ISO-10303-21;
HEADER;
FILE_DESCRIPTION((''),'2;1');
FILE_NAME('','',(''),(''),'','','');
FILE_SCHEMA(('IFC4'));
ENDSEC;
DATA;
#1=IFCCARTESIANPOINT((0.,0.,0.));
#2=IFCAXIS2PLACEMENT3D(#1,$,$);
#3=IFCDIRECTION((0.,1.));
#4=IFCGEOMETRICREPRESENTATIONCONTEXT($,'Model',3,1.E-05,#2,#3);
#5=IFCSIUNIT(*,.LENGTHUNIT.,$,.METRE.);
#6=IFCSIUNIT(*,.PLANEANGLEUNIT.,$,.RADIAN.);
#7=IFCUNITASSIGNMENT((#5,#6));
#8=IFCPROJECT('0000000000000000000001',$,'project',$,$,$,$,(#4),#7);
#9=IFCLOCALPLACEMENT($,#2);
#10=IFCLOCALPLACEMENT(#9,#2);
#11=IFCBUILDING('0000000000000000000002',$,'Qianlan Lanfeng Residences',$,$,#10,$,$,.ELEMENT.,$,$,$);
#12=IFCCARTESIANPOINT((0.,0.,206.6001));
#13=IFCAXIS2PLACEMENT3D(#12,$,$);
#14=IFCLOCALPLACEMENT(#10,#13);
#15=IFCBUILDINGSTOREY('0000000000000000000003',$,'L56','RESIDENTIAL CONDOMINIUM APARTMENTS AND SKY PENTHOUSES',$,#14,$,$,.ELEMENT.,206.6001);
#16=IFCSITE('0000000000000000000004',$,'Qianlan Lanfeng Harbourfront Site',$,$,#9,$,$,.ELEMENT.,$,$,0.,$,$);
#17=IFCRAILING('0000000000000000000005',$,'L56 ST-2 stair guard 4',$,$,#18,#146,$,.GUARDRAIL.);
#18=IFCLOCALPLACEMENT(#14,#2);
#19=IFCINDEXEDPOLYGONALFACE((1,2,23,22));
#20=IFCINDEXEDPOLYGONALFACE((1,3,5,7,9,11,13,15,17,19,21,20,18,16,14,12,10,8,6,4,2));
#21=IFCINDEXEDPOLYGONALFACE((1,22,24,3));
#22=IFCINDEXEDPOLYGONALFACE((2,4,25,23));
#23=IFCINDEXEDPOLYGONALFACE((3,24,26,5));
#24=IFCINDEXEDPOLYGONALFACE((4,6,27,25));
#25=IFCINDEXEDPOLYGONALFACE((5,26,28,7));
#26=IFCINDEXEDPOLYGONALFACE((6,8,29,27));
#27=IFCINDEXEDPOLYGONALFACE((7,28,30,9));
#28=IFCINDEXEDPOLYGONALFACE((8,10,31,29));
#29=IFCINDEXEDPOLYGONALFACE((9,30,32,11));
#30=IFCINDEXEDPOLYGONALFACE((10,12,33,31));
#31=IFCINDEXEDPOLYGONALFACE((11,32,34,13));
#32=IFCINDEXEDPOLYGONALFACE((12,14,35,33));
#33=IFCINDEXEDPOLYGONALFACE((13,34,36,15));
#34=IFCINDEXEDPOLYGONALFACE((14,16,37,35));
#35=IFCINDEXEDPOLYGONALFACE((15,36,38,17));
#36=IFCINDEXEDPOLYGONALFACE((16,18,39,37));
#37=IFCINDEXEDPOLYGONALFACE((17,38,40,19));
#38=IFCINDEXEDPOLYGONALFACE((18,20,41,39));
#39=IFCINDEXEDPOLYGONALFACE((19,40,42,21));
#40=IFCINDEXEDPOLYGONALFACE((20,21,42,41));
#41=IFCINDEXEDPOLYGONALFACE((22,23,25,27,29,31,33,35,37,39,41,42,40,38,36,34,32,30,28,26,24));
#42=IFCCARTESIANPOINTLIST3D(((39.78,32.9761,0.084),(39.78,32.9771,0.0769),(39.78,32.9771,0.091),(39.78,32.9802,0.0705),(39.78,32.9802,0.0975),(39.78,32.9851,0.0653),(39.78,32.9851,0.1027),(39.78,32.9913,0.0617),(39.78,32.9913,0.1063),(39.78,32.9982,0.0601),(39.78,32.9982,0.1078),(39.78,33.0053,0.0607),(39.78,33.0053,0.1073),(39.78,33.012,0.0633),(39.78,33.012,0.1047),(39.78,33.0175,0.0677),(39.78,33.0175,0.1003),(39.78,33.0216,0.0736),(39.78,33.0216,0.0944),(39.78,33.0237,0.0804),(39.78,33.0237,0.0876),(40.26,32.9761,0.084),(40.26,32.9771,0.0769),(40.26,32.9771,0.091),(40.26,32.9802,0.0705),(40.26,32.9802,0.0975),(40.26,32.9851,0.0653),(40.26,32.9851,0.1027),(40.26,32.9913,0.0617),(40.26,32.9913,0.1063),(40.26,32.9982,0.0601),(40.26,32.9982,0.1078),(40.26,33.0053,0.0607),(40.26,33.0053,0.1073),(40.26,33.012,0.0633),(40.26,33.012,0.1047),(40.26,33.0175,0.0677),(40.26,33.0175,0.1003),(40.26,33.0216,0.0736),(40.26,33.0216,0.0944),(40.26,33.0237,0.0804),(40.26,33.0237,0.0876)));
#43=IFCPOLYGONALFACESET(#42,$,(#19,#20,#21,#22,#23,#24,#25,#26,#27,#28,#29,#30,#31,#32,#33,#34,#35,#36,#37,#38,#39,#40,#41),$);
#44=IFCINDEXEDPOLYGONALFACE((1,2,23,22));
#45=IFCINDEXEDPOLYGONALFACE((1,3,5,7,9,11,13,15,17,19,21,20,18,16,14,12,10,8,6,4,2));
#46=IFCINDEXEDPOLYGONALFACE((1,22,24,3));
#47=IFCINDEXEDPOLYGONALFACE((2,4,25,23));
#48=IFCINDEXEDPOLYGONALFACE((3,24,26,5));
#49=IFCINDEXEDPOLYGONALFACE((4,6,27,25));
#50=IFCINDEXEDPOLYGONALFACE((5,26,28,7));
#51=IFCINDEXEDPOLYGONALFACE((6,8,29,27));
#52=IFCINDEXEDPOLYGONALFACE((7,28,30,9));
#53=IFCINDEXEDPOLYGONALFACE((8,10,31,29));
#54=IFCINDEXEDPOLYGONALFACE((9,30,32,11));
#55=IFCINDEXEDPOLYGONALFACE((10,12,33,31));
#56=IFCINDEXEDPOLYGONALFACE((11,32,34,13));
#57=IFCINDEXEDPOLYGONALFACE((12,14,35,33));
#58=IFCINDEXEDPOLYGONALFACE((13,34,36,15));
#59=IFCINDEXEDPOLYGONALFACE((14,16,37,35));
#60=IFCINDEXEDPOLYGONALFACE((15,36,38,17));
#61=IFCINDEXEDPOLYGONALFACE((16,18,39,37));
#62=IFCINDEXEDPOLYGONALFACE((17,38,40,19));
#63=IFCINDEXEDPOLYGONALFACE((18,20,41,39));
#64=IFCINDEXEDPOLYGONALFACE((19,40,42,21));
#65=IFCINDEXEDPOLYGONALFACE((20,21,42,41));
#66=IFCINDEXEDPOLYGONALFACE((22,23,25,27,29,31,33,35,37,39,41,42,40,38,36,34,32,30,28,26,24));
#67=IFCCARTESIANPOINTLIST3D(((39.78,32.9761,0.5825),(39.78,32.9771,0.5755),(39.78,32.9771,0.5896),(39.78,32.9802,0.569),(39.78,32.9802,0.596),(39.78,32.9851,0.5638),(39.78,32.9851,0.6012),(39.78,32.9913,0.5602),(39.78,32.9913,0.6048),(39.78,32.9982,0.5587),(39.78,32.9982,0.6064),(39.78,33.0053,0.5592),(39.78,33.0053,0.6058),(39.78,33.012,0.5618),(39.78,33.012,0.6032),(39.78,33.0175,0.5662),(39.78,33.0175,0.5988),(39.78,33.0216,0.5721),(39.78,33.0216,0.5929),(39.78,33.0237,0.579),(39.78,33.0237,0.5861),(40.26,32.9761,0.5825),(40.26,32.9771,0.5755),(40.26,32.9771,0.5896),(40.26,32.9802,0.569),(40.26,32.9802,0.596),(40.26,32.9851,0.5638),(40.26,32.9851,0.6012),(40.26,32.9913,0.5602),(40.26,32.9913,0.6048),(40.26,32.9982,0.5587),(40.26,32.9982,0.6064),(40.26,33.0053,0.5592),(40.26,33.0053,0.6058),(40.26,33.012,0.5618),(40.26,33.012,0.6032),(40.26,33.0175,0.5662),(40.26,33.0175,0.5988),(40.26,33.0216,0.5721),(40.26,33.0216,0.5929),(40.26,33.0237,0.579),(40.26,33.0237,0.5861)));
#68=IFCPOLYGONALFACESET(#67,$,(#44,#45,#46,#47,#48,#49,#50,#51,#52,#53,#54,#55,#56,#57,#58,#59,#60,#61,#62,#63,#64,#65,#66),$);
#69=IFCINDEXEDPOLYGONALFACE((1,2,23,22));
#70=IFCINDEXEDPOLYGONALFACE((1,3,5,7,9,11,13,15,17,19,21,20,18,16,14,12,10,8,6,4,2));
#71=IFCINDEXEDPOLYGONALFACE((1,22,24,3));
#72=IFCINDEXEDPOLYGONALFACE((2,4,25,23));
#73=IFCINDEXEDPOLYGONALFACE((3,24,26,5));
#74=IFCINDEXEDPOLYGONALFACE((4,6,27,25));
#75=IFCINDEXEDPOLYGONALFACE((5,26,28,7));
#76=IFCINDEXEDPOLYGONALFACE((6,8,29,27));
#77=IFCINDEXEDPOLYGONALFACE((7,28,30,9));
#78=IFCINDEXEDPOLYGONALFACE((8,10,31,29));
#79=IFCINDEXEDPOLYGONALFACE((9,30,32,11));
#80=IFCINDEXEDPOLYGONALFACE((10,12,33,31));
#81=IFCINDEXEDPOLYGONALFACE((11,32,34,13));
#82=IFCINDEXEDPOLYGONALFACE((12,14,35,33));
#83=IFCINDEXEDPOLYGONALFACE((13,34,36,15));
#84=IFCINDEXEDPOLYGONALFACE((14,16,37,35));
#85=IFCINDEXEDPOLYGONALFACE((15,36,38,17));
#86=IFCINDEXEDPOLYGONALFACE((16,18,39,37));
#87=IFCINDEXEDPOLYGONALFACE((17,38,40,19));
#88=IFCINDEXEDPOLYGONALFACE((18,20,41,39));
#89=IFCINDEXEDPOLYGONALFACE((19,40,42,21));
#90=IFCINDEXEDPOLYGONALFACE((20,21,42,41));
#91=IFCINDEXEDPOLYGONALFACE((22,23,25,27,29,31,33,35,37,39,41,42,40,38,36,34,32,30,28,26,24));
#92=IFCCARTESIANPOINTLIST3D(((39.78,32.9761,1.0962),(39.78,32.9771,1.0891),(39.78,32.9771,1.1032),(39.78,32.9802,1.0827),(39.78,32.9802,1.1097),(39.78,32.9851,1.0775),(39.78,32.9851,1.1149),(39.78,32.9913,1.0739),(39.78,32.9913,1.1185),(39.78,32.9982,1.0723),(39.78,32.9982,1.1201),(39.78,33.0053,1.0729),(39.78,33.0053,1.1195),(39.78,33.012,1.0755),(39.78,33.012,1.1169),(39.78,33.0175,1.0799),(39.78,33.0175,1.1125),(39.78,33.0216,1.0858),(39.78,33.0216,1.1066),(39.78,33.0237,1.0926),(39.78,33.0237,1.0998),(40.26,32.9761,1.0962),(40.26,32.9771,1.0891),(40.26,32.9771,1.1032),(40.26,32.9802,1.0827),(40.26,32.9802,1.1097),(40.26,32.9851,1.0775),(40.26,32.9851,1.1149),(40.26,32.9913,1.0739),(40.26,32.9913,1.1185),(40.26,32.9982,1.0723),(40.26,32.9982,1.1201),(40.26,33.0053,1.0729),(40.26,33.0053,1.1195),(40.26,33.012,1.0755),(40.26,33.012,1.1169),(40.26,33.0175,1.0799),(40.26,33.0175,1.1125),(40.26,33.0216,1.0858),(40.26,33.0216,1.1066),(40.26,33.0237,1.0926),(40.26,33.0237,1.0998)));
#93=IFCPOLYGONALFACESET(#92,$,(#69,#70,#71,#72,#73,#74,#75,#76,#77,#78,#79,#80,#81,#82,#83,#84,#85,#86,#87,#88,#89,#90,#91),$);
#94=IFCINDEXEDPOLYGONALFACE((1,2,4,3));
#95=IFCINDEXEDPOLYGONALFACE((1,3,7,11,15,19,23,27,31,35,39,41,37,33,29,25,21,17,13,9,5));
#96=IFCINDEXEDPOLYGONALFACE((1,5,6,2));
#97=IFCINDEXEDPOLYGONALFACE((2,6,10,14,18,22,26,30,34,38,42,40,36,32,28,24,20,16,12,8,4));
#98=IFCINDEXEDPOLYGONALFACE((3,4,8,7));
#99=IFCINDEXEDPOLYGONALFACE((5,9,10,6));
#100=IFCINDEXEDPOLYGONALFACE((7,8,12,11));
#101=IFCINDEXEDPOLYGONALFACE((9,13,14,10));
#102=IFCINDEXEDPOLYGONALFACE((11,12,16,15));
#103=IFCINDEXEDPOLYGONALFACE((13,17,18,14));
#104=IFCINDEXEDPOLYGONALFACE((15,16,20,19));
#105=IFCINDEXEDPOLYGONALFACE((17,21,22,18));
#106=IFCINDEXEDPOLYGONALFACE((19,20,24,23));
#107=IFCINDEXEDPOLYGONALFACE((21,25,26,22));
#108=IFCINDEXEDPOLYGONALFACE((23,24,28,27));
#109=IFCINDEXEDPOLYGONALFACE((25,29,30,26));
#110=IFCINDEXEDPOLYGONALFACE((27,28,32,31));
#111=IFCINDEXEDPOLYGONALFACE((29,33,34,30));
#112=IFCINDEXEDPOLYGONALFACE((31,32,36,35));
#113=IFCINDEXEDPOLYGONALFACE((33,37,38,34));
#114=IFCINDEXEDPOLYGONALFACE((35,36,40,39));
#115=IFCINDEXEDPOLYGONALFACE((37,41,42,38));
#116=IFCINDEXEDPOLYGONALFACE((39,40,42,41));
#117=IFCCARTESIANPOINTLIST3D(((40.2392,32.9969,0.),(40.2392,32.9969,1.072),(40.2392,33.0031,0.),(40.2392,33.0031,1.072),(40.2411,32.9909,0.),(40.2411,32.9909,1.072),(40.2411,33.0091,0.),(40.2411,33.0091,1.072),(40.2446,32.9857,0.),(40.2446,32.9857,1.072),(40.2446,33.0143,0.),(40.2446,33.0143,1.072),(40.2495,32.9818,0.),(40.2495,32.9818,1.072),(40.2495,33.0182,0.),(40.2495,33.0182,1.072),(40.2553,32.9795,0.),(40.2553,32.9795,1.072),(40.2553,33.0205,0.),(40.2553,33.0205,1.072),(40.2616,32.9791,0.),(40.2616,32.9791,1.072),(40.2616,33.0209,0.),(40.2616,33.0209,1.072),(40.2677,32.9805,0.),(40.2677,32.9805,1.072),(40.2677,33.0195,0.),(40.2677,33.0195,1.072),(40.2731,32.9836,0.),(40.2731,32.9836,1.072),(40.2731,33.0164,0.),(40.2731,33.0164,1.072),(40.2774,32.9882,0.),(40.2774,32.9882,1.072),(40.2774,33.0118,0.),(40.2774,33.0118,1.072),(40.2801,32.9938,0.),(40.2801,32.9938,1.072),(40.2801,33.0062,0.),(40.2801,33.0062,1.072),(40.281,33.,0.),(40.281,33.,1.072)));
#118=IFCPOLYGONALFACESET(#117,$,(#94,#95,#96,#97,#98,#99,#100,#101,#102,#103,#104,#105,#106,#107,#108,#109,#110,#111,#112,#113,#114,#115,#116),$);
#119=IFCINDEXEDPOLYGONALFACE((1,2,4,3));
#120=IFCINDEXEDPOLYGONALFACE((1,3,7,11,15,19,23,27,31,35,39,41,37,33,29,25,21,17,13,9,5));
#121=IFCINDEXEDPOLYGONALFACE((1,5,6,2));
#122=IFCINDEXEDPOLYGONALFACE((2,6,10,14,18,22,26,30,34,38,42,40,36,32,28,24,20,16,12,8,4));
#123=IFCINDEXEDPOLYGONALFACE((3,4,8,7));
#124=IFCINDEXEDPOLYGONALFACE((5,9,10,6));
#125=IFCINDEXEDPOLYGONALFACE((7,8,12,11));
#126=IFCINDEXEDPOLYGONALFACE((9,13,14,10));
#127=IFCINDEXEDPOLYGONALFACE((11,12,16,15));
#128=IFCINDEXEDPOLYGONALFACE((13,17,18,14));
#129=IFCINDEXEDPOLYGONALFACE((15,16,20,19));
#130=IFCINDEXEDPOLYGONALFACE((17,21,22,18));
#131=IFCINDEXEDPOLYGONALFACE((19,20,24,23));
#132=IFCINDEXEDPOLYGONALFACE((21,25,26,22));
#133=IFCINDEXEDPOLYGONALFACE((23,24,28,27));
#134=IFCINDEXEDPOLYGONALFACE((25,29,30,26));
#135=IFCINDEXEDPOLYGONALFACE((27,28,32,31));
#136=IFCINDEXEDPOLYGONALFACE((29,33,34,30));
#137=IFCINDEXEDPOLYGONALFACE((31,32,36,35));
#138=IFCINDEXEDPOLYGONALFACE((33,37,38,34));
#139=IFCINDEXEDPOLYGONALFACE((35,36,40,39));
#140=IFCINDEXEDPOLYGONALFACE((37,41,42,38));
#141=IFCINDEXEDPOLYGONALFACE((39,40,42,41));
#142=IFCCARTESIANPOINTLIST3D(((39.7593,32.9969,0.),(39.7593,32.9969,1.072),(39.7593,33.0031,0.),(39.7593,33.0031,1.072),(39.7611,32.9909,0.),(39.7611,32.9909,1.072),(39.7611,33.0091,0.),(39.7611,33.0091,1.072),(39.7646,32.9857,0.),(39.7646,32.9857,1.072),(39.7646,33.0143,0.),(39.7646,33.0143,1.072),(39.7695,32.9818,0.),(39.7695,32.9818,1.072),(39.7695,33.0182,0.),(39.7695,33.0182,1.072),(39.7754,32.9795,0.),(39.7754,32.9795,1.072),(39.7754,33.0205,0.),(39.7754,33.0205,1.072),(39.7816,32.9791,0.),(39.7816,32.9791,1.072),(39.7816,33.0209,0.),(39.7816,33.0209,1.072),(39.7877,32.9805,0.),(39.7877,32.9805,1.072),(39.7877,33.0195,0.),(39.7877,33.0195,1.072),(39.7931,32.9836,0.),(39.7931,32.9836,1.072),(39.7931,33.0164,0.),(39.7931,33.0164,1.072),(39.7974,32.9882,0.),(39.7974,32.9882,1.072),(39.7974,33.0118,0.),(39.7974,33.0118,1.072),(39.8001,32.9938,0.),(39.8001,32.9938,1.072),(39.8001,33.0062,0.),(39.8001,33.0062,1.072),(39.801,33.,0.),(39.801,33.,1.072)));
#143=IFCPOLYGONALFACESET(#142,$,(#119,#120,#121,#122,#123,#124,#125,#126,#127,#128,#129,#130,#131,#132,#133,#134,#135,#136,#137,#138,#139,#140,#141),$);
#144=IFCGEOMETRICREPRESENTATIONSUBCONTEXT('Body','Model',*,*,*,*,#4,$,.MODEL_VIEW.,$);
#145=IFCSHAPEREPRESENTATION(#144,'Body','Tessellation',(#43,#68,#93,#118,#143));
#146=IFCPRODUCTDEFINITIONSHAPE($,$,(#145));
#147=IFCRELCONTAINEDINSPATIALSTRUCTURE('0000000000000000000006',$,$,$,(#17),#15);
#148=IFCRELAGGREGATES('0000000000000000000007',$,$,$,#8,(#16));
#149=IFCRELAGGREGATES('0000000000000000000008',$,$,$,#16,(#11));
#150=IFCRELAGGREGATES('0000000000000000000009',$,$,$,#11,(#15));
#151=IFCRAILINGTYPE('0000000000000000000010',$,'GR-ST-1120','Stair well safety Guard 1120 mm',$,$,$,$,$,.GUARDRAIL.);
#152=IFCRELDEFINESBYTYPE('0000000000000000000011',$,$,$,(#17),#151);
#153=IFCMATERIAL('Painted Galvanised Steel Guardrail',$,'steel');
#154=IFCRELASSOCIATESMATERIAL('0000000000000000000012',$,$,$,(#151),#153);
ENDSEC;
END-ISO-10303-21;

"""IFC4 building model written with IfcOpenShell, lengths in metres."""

from ifc_helpers import new_model, si_unit, direction, frame, origin, origin_2d, place, context, subcontext, project, spatial, circle, extrude, material, type_object, element, save


model = new_model("IFC4")

# Units and contexts
model_context = context("Model", 3, precision=1e-05, world=origin(), true_north=direction((0.0, 1.0)))
body_context = subcontext(model_context, "Body", "Model", "MODEL_VIEW")
ifc_project = project(units=[si_unit("LENGTHUNIT", "METRE"), si_unit("PLANEANGLEUNIT", "RADIAN")], contexts=[model_context])

# Site, building, storey
site_placement = place(None, origin())
site = spatial("IfcSite", under=ifc_project, at=site_placement, Name="Qianlan Lanfeng Harbourfront Site", CompositionType="ELEMENT", RefElevation=0.0)
building_placement = place(site_placement, origin())
building = spatial("IfcBuilding", under=site, at=building_placement, Name="Qianlan Lanfeng Residences", CompositionType="ELEMENT")
storey_placement = place(building_placement, frame((0.0, 0.0, 206.6001)))
storey = spatial("IfcBuildingStorey", under=building, at=storey_placement, Name="L56", Description="RESIDENTIAL CONDOMINIUM APARTMENTS AND SKY PENTHOUSES", CompositionType="ELEMENT", Elevation=206.6001)

# Railing
ifc_material_1 = material(Name="Painted Galvanised Steel Guardrail", Category="steel")
railing_type_1 = type_object("IfcRailingType", Name="GR-ST-1120", Description="Stair well safety Guard 1120 mm", PredefinedType="GUARDRAIL", material=ifc_material_1)
railing_1_placement = place(storey_placement, frame((40.26, 33.0, 0.0)))
element("IfcRailing", 1, at=railing_1_placement, inside=storey, type_object=railing_type_1, Name="L56 ST-2 stair guard 4", PredefinedType="GUARDRAIL", context=body_context, shape_type="SweptSolid", body=[
    extrude(circle(Radius=0.0239, at=origin_2d()), frame((0.0, 0.0, 0.084), z_axis=(-1.0, 0.0, 0.0), x_axis=(0.0, -1.0, 0.0)), (0.0, 0.0, 1.0), 0.48),
    extrude(circle(Radius=0.0239, at=origin_2d()), frame((0.0, 0.0, 0.5825), z_axis=(-1.0, 0.0, 0.0), x_axis=(0.0, -1.0, 0.0)), (0.0, 0.0, 1.0), 0.48),
    extrude(circle(Radius=0.0239, at=origin_2d()), frame((0.0, 0.0, 1.0962), z_axis=(-1.0, 0.0, 0.0), x_axis=(0.0, -1.0, 0.0)), (0.0, 0.0, 1.0), 0.48),
    extrude(circle(Radius=0.021, at=origin_2d()), origin(), (0.0, 0.0, 1.0), 1.072),
    extrude(circle(Radius=0.021, at=origin_2d()), frame((-0.48, 0.0, 0.0)), (0.0, 0.0, 1.0), 1.072),
])

save(model, "model.ifc")
